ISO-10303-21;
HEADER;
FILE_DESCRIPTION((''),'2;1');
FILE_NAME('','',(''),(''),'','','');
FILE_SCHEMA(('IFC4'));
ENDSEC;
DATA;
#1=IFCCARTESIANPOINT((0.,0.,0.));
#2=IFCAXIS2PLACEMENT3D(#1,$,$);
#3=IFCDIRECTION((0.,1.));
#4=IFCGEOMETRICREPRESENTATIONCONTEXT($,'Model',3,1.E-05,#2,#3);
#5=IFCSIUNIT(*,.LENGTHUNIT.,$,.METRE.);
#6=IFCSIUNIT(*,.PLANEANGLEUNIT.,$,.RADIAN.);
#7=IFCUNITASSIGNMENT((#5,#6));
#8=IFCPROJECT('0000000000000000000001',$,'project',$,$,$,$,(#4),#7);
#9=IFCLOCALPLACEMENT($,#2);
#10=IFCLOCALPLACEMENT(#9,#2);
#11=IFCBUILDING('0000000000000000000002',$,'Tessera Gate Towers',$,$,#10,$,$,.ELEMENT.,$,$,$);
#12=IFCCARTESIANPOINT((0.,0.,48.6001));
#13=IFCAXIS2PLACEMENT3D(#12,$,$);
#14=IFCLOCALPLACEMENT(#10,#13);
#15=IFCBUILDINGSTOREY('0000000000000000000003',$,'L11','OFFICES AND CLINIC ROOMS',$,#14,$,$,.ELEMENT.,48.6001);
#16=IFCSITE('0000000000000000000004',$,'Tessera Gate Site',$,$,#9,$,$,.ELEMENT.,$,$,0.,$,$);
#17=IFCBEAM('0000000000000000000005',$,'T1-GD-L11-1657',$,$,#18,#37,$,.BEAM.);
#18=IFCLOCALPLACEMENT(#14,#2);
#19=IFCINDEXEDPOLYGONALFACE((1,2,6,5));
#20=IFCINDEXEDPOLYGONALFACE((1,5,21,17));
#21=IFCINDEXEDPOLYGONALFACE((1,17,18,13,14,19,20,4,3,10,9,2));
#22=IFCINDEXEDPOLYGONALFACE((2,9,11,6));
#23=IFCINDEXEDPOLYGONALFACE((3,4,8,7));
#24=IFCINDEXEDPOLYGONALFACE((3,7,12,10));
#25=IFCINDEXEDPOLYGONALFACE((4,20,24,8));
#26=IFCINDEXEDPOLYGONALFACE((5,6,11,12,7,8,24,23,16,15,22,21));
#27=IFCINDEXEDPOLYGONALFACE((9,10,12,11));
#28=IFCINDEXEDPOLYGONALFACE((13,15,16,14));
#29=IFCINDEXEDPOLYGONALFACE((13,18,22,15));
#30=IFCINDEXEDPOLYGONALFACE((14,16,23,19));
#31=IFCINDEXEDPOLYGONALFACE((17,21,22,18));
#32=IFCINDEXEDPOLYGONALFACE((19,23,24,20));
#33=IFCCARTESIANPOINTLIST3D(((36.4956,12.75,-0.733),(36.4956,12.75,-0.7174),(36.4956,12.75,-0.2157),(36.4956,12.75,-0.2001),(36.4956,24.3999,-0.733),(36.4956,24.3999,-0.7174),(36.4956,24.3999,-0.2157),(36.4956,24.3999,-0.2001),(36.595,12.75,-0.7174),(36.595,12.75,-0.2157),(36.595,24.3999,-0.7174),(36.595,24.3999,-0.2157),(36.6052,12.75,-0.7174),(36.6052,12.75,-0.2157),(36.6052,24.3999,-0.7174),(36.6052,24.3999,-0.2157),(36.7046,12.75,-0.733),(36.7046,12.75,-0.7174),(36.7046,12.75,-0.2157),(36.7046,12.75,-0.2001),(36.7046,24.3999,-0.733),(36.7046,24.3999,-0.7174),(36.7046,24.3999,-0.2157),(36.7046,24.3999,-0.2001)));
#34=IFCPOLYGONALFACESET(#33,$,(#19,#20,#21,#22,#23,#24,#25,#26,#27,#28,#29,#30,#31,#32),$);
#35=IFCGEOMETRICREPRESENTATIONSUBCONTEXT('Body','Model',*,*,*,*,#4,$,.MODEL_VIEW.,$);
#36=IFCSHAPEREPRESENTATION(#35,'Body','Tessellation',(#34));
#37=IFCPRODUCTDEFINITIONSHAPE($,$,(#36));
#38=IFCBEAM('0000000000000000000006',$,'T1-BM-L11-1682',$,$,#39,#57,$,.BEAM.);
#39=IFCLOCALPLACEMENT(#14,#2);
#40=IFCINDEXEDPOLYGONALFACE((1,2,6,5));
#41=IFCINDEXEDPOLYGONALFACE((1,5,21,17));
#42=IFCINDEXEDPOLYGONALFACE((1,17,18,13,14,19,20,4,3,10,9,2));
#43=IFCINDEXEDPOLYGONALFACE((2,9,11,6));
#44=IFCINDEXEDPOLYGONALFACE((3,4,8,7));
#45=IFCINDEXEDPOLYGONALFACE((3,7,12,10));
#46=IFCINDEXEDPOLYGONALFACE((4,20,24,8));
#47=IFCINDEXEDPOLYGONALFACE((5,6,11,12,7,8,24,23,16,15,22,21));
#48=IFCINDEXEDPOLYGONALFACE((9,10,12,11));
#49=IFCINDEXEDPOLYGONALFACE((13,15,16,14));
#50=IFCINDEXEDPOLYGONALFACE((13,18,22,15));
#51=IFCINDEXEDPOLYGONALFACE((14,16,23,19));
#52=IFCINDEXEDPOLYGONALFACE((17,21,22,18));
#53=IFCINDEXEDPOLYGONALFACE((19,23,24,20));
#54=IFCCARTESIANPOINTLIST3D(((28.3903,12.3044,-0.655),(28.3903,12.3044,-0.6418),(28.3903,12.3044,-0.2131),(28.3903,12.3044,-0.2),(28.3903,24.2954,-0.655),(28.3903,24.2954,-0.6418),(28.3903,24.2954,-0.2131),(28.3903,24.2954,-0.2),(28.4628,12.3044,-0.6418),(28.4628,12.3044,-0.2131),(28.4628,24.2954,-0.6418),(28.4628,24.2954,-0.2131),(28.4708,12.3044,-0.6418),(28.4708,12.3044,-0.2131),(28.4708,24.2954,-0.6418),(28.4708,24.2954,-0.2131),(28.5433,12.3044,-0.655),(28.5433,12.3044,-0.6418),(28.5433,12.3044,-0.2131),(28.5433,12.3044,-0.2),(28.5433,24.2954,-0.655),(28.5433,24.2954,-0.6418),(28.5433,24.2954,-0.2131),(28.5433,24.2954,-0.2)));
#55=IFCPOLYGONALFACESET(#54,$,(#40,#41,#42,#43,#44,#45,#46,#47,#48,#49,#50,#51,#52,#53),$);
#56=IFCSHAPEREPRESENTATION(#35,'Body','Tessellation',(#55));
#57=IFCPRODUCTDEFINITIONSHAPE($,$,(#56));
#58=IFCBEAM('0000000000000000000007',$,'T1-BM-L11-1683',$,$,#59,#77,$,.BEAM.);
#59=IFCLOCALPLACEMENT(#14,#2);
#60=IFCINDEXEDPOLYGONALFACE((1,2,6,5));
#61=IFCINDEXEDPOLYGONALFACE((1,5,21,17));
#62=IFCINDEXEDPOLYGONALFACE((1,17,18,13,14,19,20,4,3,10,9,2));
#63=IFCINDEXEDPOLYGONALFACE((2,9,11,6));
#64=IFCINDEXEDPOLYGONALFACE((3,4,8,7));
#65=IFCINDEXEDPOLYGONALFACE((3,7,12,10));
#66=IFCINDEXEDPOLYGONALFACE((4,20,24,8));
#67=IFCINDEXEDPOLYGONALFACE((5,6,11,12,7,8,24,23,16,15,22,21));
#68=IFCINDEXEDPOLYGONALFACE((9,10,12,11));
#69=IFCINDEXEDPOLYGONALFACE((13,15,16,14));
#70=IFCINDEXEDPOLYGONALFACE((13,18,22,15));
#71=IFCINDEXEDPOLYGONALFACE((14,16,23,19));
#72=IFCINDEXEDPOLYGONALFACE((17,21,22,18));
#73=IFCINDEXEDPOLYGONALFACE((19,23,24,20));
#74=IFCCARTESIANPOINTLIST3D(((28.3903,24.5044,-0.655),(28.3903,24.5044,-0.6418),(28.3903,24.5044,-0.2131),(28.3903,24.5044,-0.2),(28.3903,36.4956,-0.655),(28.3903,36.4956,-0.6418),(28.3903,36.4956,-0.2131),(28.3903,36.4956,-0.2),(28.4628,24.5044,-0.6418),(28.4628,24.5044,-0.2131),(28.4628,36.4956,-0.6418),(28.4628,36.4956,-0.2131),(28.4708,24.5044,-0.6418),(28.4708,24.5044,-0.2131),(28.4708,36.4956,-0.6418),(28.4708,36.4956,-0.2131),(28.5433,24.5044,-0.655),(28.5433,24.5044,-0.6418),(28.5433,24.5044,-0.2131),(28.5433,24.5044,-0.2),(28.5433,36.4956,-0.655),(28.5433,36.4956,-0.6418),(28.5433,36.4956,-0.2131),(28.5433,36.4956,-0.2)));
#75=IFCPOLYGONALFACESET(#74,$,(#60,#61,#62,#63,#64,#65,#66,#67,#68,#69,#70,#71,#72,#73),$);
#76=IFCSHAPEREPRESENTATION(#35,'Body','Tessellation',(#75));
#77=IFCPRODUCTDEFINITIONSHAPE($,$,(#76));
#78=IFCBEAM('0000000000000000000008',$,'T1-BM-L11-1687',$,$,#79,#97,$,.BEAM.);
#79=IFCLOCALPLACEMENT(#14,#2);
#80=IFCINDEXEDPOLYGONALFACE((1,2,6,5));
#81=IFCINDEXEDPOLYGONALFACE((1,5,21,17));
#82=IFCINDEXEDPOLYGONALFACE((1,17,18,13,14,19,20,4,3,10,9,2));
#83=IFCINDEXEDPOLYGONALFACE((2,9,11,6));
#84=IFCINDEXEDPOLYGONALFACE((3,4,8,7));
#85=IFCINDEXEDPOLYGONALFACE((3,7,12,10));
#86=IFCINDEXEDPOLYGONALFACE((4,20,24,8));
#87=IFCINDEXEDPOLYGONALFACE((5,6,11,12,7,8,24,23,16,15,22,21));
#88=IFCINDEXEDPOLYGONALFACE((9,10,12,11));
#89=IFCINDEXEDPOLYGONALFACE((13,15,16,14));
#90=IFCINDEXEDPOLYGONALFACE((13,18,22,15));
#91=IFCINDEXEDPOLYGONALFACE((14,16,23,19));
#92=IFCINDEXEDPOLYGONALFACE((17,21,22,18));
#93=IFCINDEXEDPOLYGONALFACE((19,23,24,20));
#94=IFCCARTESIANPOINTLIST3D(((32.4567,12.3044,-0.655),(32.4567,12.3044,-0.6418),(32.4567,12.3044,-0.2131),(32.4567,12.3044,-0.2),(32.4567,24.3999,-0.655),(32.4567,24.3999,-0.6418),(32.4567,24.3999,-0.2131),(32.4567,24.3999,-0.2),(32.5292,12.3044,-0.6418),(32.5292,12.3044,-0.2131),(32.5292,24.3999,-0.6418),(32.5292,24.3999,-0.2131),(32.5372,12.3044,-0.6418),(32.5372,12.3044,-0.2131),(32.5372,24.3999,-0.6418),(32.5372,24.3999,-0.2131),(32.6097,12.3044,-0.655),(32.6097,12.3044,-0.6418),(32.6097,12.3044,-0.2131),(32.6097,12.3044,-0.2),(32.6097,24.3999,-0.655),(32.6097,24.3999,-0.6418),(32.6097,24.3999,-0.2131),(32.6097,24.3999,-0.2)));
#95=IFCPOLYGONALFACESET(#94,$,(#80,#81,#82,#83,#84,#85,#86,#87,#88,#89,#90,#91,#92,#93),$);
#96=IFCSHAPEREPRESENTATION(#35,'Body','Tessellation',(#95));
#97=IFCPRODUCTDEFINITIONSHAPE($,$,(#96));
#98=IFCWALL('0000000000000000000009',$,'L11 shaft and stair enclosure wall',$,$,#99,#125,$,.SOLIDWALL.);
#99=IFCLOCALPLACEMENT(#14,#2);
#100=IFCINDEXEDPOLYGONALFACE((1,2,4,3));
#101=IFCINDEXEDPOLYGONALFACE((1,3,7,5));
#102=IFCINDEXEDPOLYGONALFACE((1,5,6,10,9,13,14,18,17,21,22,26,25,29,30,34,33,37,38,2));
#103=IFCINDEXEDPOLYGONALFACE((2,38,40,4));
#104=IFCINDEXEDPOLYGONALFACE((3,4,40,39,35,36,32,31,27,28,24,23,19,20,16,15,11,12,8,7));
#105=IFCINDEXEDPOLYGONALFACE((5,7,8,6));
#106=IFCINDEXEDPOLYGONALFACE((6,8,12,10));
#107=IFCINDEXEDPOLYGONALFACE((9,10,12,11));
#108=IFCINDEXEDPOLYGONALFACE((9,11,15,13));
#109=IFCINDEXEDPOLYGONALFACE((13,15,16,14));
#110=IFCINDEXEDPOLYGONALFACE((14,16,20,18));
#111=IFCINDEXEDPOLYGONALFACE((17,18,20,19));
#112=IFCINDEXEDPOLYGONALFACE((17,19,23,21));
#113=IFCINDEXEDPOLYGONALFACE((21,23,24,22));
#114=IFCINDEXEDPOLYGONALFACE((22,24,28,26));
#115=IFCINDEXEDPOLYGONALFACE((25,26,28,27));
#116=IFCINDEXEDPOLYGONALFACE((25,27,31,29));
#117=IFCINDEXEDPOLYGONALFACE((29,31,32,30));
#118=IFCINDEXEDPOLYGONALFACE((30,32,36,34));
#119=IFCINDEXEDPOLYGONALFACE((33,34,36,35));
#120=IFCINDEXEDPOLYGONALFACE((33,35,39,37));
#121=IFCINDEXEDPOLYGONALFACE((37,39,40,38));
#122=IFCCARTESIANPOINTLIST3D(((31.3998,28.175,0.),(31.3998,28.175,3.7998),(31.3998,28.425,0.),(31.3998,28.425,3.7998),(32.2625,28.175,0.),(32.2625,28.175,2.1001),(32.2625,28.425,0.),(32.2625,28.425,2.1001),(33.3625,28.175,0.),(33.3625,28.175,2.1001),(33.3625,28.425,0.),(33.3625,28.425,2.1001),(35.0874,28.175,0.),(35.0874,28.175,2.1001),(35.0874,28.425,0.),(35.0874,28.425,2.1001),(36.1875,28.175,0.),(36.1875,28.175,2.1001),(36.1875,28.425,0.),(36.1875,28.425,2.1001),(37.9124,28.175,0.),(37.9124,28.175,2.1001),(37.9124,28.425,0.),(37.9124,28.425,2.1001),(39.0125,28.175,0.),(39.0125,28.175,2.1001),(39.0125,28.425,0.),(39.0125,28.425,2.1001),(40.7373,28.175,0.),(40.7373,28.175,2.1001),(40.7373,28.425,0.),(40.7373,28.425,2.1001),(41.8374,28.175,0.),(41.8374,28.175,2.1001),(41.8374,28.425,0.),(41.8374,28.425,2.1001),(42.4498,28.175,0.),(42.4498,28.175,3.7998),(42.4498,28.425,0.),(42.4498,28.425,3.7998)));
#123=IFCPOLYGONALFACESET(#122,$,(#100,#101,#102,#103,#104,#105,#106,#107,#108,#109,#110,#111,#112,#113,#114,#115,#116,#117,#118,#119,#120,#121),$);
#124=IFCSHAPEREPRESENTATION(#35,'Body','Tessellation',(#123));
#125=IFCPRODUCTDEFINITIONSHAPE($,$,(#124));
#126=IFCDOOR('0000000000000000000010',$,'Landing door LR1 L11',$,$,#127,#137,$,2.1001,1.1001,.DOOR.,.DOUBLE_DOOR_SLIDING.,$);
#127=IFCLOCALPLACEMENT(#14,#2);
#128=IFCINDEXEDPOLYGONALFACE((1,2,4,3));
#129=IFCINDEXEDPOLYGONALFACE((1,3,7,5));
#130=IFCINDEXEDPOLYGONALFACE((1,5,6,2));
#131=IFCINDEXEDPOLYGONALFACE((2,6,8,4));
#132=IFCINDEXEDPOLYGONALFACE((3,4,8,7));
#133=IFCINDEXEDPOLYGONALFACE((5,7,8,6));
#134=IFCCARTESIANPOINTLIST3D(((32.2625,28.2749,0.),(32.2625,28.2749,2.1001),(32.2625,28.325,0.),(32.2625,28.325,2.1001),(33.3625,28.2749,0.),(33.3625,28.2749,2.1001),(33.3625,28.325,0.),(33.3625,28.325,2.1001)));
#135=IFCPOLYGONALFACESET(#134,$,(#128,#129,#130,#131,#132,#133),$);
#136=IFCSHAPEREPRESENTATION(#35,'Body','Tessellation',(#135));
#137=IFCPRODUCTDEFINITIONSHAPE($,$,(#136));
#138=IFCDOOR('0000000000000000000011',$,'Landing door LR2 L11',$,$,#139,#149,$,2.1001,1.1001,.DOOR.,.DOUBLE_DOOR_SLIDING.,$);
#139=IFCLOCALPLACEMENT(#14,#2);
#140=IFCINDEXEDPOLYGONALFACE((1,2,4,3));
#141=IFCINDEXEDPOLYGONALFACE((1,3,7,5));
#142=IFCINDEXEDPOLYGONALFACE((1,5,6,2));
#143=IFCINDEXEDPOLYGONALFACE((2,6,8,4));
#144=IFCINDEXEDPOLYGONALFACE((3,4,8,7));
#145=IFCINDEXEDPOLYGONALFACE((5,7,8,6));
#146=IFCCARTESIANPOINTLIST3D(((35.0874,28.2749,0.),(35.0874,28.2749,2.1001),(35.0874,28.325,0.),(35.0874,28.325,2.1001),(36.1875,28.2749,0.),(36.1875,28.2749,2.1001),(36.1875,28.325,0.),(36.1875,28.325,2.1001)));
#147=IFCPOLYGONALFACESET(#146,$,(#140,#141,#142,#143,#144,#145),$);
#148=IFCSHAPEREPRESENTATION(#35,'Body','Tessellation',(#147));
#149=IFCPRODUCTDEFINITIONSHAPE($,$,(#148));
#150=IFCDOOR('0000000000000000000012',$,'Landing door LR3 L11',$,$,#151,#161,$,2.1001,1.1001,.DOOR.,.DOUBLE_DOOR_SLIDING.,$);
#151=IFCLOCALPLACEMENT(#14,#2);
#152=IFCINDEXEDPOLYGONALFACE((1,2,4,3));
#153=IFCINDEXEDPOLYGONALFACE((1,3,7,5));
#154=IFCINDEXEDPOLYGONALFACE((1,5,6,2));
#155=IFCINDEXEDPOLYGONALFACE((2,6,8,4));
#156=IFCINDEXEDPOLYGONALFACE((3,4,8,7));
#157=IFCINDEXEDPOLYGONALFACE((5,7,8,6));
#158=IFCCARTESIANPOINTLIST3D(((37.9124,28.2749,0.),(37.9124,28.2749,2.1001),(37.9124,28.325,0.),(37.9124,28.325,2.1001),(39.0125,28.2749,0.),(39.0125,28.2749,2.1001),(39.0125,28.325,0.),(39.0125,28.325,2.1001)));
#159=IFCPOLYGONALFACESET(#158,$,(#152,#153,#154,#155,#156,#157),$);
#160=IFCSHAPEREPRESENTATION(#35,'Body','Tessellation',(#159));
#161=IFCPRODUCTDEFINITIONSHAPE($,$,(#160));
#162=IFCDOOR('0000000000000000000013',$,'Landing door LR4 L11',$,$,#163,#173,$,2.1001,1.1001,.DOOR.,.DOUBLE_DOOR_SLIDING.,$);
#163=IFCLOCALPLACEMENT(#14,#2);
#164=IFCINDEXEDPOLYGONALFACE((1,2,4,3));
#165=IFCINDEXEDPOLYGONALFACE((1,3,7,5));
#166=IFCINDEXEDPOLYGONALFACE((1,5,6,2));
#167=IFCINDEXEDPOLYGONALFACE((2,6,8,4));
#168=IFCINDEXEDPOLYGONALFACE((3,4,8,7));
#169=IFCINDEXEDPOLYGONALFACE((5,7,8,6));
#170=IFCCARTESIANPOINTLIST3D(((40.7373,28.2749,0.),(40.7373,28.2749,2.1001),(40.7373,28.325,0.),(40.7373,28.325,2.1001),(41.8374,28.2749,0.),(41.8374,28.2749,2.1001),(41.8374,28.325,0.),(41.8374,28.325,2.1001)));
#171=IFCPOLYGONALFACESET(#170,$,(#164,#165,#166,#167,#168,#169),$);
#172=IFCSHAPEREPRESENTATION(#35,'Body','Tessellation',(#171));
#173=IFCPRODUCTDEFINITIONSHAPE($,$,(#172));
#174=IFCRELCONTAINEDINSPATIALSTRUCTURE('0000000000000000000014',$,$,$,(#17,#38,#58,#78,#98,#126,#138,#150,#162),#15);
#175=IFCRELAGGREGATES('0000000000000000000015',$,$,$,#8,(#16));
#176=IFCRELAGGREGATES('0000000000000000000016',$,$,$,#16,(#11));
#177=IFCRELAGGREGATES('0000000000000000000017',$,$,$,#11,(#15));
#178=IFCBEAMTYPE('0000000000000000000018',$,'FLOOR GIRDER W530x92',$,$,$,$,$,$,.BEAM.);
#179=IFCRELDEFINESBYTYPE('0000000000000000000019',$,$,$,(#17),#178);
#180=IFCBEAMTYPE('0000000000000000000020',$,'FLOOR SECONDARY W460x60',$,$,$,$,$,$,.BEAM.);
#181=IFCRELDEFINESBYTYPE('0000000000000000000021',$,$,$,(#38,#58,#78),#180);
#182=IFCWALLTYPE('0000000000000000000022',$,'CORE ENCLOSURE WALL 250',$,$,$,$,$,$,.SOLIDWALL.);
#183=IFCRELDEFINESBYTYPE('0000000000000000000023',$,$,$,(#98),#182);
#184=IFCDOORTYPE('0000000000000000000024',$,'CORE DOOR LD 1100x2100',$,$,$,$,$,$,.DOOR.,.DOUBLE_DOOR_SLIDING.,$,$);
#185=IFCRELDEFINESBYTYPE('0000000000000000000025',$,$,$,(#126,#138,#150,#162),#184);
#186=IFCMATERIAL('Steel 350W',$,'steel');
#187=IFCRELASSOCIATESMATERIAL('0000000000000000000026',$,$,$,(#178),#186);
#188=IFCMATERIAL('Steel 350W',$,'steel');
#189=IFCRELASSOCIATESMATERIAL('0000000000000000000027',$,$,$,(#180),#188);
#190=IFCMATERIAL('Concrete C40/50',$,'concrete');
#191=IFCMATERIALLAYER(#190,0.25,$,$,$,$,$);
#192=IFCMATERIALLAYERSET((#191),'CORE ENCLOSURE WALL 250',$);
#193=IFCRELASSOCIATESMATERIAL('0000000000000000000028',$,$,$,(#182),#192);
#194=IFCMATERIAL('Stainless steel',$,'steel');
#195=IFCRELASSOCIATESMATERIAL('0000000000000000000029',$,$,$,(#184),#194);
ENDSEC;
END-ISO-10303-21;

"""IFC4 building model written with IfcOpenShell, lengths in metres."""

from ifc_helpers import new_model, si_unit, direction, frame, frame_2d, origin, origin_2d, place, context, subcontext, project, spatial, rectangle, i_section, extrude, source, transform, mapped, material, layer, layer_set, material_profile, profile_set, type_object, element, fill, save


model = new_model("IFC4")

# Units and contexts
model_context = context("Model", 3, precision=1e-05, world=origin(), true_north=direction((0.0, 1.0)))
body_context = subcontext(model_context, "Body", "Model", "MODEL_VIEW")
ifc_project = project(units=[si_unit("LENGTHUNIT", "METRE"), si_unit("PLANEANGLEUNIT", "RADIAN")], contexts=[model_context])

# Site, building, storey
site_placement = place(None, origin())
site = spatial("IfcSite", under=ifc_project, at=site_placement, Name="Tessera Gate Site", CompositionType="ELEMENT", RefElevation=0.0)
building_placement = place(site_placement, origin())
building = spatial("IfcBuilding", under=site, at=building_placement, Name="Tessera Gate Towers", CompositionType="ELEMENT")
storey_placement = place(building_placement, frame((0.0, 0.0, 48.6001)))
storey = spatial("IfcBuildingStorey", under=building, at=storey_placement, Name="L11", Description="OFFICES AND CLINIC ROOMS", CompositionType="ELEMENT", Elevation=48.6001)

# Beams
ifc_material_1 = material(Name="Steel 350W", Category="steel")
ifc_material_profile_1 = material_profile(ifc_material_1, i_section(OverallWidth=0.209, OverallDepth=0.533, WebThickness=0.0103, FlangeThickness=0.0156, at=origin_2d()), Name="W530x92")
ifc_profile_set_1 = profile_set([ifc_material_profile_1], Name="Steel 350W")
beam_type_1 = type_object("IfcBeamType", Name="FLOOR GIRDER W530x92", PredefinedType="BEAM", material=ifc_profile_set_1)
beam_1_placement = place(storey_placement, frame((36.6001, 12.75, -0.4666), z_axis=(0.0, 1.0, 0.0), x_axis=(-1.0, 0.0, 0.0)))
element("IfcBeam", 1, at=beam_1_placement, inside=storey, type_object=beam_type_1, Name="T1-GD-L11-1657", PredefinedType="BEAM", context=body_context, shape_type="SweptSolid", body=[
    extrude(i_section(OverallWidth=0.209, OverallDepth=0.533, WebThickness=0.0103, FlangeThickness=0.0156, at=origin_2d()), origin(), (0.0, 0.0, 1.0), 11.6499),
])
ifc_material_2 = material(Name="Steel 350W", Category="steel")
ifc_material_profile_2 = material_profile(ifc_material_2, i_section(OverallWidth=0.1531, OverallDepth=0.4551, WebThickness=0.0081, FlangeThickness=0.0132, at=origin_2d()), Name="W460x60")
ifc_profile_set_2 = profile_set([ifc_material_profile_2], Name="Steel 350W")
beam_type_2 = type_object("IfcBeamType", Name="FLOOR SECONDARY W460x60", PredefinedType="BEAM", material=ifc_profile_set_2)
beam_2_placement = place(storey_placement, frame((28.4668, 12.3044, -0.4275), z_axis=(0.0, 1.0, 0.0), x_axis=(-1.0, 0.0, 0.0)))
element("IfcBeam", 2, at=beam_2_placement, inside=storey, type_object=beam_type_2, Name="T1-BM-L11-1682", PredefinedType="BEAM", context=body_context, shape_type="SweptSolid", body=[
    extrude(i_section(OverallWidth=0.1531, OverallDepth=0.4551, WebThickness=0.0081, FlangeThickness=0.0132, at=origin_2d()), origin(), (0.0, 0.0, 1.0), 11.991),
])
beam_3_placement = place(storey_placement, frame((28.4668, 24.5044, -0.4275), z_axis=(0.0, 1.0, 0.0), x_axis=(-1.0, 0.0, 0.0)))
element("IfcBeam", 3, at=beam_3_placement, inside=storey, type_object=beam_type_2, Name="T1-BM-L11-1683", PredefinedType="BEAM", context=body_context, shape_type="SweptSolid", body=[
    extrude(i_section(OverallWidth=0.1531, OverallDepth=0.4551, WebThickness=0.0081, FlangeThickness=0.0132, at=origin_2d()), origin(), (0.0, 0.0, 1.0), 11.9912),
])
beam_4_placement = place(storey_placement, frame((32.5332, 12.3044, -0.4275), z_axis=(0.0, 1.0, 0.0), x_axis=(-1.0, 0.0, 0.0)))
element("IfcBeam", 4, at=beam_4_placement, inside=storey, type_object=beam_type_2, Name="T1-BM-L11-1687", PredefinedType="BEAM", context=body_context, shape_type="SweptSolid", body=[
    extrude(i_section(OverallWidth=0.1531, OverallDepth=0.4551, WebThickness=0.0081, FlangeThickness=0.0132, at=origin_2d()), origin(), (0.0, 0.0, 1.0), 12.0955),
])

# Wall, openings, doors
ifc_material_3 = material(Name="Concrete C40/50", Category="concrete")
ifc_layer_1 = layer(ifc_material_3, 0.25)
ifc_layer_set_1 = layer_set([ifc_layer_1], Name="CORE ENCLOSURE WALL 250")
wall_type_1 = type_object("IfcWallType", Name="CORE ENCLOSURE WALL 250", PredefinedType="SOLIDWALL", material=ifc_layer_set_1)
wall_1_placement = place(storey_placement, frame((31.3999, 28.3, 0.0), z_axis=(0.0, 0.0, 1.0), x_axis=(1.0, 0.0, 0.0)))
wall_1 = element("IfcWall", 5, at=wall_1_placement, inside=storey, type_object=wall_type_1, Name="L11 shaft and stair enclosure wall", PredefinedType="SOLIDWALL", context=body_context, shape_type="SweptSolid", body=[
    extrude(rectangle(XDim=11.05, YDim=0.25, at=frame_2d((5.5249, 0.0))), origin(), (0.0, 0.0, 1.0), 3.7998),
])
shared_shape_1 = source(origin(), body_context, "Body", "SweptSolid", [
    extrude(rectangle(XDim=1.1001, YDim=2.1001, at=frame_2d((0.55, 1.05))), frame((0.0, 0.135, 0.0), z_axis=(0.0, -1.0, 0.0), x_axis=(1.0, 0.0, 0.0)), (0.0, 0.0, 1.0), 0.27),
])
opening_1_placement = place(wall_1_placement, frame((0.8625, 0.0, 0.0)))
opening_1 = element("IfcOpeningElement", 6, at=opening_1_placement, cuts=wall_1, PredefinedType="OPENING", context=body_context, shape_type="MappedRepresentation", body=[
    mapped(shared_shape_1, transform((0.0, 0.0, 0.0), scale=1.0)),
])
opening_2_placement = place(wall_1_placement, frame((3.6875, 0.0, 0.0)))
opening_2 = element("IfcOpeningElement", 7, at=opening_2_placement, cuts=wall_1, PredefinedType="OPENING", context=body_context, shape_type="MappedRepresentation", body=[
    mapped(shared_shape_1, transform((0.0, 0.0, 0.0), scale=1.0)),
])
opening_3_placement = place(wall_1_placement, frame((6.5125, 0.0, 0.0)))
opening_3 = element("IfcOpeningElement", 8, at=opening_3_placement, cuts=wall_1, PredefinedType="OPENING", context=body_context, shape_type="MappedRepresentation", body=[
    mapped(shared_shape_1, transform((0.0, 0.0, 0.0), scale=1.0)),
])
opening_4_placement = place(wall_1_placement, frame((9.3374, 0.0, 0.0)))
opening_4 = element("IfcOpeningElement", 9, at=opening_4_placement, cuts=wall_1, PredefinedType="OPENING", context=body_context, shape_type="MappedRepresentation", body=[
    mapped(shared_shape_1, transform((0.0, 0.0, 0.0), scale=1.0)),
])
ifc_material_4 = material(Name="Stainless steel", Category="steel")
door_type_1 = type_object("IfcDoorType", Name="CORE DOOR LD 1100x2100", OperationType="DOUBLE_DOOR_SLIDING", PredefinedType="DOOR", material=ifc_material_4)
shared_shape_2 = source(origin(), body_context, "Body", "SweptSolid", [
    extrude(rectangle(XDim=1.1001, YDim=2.1001, at=frame_2d((0.55, 1.05))), frame((0.0, 0.0249, 0.0), z_axis=(0.0, -1.0, 0.0), x_axis=(1.0, 0.0, 0.0)), (0.0, 0.0, 1.0), 0.05),
])
door_1_placement = place(opening_1_placement, origin())
door_1 = element("IfcDoor", 10, at=door_1_placement, inside=storey, type_object=door_type_1, Name="Landing door LR1 L11", OperationType="DOUBLE_DOOR_SLIDING", OverallHeight=2.1001, OverallWidth=1.1001, PredefinedType="DOOR", context=body_context, shape_type="MappedRepresentation", body=[
    mapped(shared_shape_2, transform((0.0, 0.0, 0.0), scale=1.0)),
])
fill(opening_1, door_1)
door_2_placement = place(opening_2_placement, origin())
door_2 = element("IfcDoor", 11, at=door_2_placement, inside=storey, type_object=door_type_1, Name="Landing door LR2 L11", OperationType="DOUBLE_DOOR_SLIDING", OverallHeight=2.1001, OverallWidth=1.1001, PredefinedType="DOOR", context=body_context, shape_type="MappedRepresentation", body=[
    mapped(shared_shape_2, transform((0.0, 0.0, 0.0), scale=1.0)),
])
fill(opening_2, door_2)
door_3_placement = place(opening_3_placement, origin())
door_3 = element("IfcDoor", 12, at=door_3_placement, inside=storey, type_object=door_type_1, Name="Landing door LR3 L11", OperationType="DOUBLE_DOOR_SLIDING", OverallHeight=2.1001, OverallWidth=1.1001, PredefinedType="DOOR", context=body_context, shape_type="MappedRepresentation", body=[
    mapped(shared_shape_2, transform((0.0, 0.0, 0.0), scale=1.0)),
])
fill(opening_3, door_3)
door_4_placement = place(opening_4_placement, origin())
door_4 = element("IfcDoor", 13, at=door_4_placement, inside=storey, type_object=door_type_1, Name="Landing door LR4 L11", OperationType="DOUBLE_DOOR_SLIDING", OverallHeight=2.1001, OverallWidth=1.1001, PredefinedType="DOOR", context=body_context, shape_type="MappedRepresentation", body=[
    mapped(shared_shape_2, transform((0.0, 0.0, 0.0), scale=1.0)),
])
fill(opening_4, door_4)

save(model, "model.ifc")
